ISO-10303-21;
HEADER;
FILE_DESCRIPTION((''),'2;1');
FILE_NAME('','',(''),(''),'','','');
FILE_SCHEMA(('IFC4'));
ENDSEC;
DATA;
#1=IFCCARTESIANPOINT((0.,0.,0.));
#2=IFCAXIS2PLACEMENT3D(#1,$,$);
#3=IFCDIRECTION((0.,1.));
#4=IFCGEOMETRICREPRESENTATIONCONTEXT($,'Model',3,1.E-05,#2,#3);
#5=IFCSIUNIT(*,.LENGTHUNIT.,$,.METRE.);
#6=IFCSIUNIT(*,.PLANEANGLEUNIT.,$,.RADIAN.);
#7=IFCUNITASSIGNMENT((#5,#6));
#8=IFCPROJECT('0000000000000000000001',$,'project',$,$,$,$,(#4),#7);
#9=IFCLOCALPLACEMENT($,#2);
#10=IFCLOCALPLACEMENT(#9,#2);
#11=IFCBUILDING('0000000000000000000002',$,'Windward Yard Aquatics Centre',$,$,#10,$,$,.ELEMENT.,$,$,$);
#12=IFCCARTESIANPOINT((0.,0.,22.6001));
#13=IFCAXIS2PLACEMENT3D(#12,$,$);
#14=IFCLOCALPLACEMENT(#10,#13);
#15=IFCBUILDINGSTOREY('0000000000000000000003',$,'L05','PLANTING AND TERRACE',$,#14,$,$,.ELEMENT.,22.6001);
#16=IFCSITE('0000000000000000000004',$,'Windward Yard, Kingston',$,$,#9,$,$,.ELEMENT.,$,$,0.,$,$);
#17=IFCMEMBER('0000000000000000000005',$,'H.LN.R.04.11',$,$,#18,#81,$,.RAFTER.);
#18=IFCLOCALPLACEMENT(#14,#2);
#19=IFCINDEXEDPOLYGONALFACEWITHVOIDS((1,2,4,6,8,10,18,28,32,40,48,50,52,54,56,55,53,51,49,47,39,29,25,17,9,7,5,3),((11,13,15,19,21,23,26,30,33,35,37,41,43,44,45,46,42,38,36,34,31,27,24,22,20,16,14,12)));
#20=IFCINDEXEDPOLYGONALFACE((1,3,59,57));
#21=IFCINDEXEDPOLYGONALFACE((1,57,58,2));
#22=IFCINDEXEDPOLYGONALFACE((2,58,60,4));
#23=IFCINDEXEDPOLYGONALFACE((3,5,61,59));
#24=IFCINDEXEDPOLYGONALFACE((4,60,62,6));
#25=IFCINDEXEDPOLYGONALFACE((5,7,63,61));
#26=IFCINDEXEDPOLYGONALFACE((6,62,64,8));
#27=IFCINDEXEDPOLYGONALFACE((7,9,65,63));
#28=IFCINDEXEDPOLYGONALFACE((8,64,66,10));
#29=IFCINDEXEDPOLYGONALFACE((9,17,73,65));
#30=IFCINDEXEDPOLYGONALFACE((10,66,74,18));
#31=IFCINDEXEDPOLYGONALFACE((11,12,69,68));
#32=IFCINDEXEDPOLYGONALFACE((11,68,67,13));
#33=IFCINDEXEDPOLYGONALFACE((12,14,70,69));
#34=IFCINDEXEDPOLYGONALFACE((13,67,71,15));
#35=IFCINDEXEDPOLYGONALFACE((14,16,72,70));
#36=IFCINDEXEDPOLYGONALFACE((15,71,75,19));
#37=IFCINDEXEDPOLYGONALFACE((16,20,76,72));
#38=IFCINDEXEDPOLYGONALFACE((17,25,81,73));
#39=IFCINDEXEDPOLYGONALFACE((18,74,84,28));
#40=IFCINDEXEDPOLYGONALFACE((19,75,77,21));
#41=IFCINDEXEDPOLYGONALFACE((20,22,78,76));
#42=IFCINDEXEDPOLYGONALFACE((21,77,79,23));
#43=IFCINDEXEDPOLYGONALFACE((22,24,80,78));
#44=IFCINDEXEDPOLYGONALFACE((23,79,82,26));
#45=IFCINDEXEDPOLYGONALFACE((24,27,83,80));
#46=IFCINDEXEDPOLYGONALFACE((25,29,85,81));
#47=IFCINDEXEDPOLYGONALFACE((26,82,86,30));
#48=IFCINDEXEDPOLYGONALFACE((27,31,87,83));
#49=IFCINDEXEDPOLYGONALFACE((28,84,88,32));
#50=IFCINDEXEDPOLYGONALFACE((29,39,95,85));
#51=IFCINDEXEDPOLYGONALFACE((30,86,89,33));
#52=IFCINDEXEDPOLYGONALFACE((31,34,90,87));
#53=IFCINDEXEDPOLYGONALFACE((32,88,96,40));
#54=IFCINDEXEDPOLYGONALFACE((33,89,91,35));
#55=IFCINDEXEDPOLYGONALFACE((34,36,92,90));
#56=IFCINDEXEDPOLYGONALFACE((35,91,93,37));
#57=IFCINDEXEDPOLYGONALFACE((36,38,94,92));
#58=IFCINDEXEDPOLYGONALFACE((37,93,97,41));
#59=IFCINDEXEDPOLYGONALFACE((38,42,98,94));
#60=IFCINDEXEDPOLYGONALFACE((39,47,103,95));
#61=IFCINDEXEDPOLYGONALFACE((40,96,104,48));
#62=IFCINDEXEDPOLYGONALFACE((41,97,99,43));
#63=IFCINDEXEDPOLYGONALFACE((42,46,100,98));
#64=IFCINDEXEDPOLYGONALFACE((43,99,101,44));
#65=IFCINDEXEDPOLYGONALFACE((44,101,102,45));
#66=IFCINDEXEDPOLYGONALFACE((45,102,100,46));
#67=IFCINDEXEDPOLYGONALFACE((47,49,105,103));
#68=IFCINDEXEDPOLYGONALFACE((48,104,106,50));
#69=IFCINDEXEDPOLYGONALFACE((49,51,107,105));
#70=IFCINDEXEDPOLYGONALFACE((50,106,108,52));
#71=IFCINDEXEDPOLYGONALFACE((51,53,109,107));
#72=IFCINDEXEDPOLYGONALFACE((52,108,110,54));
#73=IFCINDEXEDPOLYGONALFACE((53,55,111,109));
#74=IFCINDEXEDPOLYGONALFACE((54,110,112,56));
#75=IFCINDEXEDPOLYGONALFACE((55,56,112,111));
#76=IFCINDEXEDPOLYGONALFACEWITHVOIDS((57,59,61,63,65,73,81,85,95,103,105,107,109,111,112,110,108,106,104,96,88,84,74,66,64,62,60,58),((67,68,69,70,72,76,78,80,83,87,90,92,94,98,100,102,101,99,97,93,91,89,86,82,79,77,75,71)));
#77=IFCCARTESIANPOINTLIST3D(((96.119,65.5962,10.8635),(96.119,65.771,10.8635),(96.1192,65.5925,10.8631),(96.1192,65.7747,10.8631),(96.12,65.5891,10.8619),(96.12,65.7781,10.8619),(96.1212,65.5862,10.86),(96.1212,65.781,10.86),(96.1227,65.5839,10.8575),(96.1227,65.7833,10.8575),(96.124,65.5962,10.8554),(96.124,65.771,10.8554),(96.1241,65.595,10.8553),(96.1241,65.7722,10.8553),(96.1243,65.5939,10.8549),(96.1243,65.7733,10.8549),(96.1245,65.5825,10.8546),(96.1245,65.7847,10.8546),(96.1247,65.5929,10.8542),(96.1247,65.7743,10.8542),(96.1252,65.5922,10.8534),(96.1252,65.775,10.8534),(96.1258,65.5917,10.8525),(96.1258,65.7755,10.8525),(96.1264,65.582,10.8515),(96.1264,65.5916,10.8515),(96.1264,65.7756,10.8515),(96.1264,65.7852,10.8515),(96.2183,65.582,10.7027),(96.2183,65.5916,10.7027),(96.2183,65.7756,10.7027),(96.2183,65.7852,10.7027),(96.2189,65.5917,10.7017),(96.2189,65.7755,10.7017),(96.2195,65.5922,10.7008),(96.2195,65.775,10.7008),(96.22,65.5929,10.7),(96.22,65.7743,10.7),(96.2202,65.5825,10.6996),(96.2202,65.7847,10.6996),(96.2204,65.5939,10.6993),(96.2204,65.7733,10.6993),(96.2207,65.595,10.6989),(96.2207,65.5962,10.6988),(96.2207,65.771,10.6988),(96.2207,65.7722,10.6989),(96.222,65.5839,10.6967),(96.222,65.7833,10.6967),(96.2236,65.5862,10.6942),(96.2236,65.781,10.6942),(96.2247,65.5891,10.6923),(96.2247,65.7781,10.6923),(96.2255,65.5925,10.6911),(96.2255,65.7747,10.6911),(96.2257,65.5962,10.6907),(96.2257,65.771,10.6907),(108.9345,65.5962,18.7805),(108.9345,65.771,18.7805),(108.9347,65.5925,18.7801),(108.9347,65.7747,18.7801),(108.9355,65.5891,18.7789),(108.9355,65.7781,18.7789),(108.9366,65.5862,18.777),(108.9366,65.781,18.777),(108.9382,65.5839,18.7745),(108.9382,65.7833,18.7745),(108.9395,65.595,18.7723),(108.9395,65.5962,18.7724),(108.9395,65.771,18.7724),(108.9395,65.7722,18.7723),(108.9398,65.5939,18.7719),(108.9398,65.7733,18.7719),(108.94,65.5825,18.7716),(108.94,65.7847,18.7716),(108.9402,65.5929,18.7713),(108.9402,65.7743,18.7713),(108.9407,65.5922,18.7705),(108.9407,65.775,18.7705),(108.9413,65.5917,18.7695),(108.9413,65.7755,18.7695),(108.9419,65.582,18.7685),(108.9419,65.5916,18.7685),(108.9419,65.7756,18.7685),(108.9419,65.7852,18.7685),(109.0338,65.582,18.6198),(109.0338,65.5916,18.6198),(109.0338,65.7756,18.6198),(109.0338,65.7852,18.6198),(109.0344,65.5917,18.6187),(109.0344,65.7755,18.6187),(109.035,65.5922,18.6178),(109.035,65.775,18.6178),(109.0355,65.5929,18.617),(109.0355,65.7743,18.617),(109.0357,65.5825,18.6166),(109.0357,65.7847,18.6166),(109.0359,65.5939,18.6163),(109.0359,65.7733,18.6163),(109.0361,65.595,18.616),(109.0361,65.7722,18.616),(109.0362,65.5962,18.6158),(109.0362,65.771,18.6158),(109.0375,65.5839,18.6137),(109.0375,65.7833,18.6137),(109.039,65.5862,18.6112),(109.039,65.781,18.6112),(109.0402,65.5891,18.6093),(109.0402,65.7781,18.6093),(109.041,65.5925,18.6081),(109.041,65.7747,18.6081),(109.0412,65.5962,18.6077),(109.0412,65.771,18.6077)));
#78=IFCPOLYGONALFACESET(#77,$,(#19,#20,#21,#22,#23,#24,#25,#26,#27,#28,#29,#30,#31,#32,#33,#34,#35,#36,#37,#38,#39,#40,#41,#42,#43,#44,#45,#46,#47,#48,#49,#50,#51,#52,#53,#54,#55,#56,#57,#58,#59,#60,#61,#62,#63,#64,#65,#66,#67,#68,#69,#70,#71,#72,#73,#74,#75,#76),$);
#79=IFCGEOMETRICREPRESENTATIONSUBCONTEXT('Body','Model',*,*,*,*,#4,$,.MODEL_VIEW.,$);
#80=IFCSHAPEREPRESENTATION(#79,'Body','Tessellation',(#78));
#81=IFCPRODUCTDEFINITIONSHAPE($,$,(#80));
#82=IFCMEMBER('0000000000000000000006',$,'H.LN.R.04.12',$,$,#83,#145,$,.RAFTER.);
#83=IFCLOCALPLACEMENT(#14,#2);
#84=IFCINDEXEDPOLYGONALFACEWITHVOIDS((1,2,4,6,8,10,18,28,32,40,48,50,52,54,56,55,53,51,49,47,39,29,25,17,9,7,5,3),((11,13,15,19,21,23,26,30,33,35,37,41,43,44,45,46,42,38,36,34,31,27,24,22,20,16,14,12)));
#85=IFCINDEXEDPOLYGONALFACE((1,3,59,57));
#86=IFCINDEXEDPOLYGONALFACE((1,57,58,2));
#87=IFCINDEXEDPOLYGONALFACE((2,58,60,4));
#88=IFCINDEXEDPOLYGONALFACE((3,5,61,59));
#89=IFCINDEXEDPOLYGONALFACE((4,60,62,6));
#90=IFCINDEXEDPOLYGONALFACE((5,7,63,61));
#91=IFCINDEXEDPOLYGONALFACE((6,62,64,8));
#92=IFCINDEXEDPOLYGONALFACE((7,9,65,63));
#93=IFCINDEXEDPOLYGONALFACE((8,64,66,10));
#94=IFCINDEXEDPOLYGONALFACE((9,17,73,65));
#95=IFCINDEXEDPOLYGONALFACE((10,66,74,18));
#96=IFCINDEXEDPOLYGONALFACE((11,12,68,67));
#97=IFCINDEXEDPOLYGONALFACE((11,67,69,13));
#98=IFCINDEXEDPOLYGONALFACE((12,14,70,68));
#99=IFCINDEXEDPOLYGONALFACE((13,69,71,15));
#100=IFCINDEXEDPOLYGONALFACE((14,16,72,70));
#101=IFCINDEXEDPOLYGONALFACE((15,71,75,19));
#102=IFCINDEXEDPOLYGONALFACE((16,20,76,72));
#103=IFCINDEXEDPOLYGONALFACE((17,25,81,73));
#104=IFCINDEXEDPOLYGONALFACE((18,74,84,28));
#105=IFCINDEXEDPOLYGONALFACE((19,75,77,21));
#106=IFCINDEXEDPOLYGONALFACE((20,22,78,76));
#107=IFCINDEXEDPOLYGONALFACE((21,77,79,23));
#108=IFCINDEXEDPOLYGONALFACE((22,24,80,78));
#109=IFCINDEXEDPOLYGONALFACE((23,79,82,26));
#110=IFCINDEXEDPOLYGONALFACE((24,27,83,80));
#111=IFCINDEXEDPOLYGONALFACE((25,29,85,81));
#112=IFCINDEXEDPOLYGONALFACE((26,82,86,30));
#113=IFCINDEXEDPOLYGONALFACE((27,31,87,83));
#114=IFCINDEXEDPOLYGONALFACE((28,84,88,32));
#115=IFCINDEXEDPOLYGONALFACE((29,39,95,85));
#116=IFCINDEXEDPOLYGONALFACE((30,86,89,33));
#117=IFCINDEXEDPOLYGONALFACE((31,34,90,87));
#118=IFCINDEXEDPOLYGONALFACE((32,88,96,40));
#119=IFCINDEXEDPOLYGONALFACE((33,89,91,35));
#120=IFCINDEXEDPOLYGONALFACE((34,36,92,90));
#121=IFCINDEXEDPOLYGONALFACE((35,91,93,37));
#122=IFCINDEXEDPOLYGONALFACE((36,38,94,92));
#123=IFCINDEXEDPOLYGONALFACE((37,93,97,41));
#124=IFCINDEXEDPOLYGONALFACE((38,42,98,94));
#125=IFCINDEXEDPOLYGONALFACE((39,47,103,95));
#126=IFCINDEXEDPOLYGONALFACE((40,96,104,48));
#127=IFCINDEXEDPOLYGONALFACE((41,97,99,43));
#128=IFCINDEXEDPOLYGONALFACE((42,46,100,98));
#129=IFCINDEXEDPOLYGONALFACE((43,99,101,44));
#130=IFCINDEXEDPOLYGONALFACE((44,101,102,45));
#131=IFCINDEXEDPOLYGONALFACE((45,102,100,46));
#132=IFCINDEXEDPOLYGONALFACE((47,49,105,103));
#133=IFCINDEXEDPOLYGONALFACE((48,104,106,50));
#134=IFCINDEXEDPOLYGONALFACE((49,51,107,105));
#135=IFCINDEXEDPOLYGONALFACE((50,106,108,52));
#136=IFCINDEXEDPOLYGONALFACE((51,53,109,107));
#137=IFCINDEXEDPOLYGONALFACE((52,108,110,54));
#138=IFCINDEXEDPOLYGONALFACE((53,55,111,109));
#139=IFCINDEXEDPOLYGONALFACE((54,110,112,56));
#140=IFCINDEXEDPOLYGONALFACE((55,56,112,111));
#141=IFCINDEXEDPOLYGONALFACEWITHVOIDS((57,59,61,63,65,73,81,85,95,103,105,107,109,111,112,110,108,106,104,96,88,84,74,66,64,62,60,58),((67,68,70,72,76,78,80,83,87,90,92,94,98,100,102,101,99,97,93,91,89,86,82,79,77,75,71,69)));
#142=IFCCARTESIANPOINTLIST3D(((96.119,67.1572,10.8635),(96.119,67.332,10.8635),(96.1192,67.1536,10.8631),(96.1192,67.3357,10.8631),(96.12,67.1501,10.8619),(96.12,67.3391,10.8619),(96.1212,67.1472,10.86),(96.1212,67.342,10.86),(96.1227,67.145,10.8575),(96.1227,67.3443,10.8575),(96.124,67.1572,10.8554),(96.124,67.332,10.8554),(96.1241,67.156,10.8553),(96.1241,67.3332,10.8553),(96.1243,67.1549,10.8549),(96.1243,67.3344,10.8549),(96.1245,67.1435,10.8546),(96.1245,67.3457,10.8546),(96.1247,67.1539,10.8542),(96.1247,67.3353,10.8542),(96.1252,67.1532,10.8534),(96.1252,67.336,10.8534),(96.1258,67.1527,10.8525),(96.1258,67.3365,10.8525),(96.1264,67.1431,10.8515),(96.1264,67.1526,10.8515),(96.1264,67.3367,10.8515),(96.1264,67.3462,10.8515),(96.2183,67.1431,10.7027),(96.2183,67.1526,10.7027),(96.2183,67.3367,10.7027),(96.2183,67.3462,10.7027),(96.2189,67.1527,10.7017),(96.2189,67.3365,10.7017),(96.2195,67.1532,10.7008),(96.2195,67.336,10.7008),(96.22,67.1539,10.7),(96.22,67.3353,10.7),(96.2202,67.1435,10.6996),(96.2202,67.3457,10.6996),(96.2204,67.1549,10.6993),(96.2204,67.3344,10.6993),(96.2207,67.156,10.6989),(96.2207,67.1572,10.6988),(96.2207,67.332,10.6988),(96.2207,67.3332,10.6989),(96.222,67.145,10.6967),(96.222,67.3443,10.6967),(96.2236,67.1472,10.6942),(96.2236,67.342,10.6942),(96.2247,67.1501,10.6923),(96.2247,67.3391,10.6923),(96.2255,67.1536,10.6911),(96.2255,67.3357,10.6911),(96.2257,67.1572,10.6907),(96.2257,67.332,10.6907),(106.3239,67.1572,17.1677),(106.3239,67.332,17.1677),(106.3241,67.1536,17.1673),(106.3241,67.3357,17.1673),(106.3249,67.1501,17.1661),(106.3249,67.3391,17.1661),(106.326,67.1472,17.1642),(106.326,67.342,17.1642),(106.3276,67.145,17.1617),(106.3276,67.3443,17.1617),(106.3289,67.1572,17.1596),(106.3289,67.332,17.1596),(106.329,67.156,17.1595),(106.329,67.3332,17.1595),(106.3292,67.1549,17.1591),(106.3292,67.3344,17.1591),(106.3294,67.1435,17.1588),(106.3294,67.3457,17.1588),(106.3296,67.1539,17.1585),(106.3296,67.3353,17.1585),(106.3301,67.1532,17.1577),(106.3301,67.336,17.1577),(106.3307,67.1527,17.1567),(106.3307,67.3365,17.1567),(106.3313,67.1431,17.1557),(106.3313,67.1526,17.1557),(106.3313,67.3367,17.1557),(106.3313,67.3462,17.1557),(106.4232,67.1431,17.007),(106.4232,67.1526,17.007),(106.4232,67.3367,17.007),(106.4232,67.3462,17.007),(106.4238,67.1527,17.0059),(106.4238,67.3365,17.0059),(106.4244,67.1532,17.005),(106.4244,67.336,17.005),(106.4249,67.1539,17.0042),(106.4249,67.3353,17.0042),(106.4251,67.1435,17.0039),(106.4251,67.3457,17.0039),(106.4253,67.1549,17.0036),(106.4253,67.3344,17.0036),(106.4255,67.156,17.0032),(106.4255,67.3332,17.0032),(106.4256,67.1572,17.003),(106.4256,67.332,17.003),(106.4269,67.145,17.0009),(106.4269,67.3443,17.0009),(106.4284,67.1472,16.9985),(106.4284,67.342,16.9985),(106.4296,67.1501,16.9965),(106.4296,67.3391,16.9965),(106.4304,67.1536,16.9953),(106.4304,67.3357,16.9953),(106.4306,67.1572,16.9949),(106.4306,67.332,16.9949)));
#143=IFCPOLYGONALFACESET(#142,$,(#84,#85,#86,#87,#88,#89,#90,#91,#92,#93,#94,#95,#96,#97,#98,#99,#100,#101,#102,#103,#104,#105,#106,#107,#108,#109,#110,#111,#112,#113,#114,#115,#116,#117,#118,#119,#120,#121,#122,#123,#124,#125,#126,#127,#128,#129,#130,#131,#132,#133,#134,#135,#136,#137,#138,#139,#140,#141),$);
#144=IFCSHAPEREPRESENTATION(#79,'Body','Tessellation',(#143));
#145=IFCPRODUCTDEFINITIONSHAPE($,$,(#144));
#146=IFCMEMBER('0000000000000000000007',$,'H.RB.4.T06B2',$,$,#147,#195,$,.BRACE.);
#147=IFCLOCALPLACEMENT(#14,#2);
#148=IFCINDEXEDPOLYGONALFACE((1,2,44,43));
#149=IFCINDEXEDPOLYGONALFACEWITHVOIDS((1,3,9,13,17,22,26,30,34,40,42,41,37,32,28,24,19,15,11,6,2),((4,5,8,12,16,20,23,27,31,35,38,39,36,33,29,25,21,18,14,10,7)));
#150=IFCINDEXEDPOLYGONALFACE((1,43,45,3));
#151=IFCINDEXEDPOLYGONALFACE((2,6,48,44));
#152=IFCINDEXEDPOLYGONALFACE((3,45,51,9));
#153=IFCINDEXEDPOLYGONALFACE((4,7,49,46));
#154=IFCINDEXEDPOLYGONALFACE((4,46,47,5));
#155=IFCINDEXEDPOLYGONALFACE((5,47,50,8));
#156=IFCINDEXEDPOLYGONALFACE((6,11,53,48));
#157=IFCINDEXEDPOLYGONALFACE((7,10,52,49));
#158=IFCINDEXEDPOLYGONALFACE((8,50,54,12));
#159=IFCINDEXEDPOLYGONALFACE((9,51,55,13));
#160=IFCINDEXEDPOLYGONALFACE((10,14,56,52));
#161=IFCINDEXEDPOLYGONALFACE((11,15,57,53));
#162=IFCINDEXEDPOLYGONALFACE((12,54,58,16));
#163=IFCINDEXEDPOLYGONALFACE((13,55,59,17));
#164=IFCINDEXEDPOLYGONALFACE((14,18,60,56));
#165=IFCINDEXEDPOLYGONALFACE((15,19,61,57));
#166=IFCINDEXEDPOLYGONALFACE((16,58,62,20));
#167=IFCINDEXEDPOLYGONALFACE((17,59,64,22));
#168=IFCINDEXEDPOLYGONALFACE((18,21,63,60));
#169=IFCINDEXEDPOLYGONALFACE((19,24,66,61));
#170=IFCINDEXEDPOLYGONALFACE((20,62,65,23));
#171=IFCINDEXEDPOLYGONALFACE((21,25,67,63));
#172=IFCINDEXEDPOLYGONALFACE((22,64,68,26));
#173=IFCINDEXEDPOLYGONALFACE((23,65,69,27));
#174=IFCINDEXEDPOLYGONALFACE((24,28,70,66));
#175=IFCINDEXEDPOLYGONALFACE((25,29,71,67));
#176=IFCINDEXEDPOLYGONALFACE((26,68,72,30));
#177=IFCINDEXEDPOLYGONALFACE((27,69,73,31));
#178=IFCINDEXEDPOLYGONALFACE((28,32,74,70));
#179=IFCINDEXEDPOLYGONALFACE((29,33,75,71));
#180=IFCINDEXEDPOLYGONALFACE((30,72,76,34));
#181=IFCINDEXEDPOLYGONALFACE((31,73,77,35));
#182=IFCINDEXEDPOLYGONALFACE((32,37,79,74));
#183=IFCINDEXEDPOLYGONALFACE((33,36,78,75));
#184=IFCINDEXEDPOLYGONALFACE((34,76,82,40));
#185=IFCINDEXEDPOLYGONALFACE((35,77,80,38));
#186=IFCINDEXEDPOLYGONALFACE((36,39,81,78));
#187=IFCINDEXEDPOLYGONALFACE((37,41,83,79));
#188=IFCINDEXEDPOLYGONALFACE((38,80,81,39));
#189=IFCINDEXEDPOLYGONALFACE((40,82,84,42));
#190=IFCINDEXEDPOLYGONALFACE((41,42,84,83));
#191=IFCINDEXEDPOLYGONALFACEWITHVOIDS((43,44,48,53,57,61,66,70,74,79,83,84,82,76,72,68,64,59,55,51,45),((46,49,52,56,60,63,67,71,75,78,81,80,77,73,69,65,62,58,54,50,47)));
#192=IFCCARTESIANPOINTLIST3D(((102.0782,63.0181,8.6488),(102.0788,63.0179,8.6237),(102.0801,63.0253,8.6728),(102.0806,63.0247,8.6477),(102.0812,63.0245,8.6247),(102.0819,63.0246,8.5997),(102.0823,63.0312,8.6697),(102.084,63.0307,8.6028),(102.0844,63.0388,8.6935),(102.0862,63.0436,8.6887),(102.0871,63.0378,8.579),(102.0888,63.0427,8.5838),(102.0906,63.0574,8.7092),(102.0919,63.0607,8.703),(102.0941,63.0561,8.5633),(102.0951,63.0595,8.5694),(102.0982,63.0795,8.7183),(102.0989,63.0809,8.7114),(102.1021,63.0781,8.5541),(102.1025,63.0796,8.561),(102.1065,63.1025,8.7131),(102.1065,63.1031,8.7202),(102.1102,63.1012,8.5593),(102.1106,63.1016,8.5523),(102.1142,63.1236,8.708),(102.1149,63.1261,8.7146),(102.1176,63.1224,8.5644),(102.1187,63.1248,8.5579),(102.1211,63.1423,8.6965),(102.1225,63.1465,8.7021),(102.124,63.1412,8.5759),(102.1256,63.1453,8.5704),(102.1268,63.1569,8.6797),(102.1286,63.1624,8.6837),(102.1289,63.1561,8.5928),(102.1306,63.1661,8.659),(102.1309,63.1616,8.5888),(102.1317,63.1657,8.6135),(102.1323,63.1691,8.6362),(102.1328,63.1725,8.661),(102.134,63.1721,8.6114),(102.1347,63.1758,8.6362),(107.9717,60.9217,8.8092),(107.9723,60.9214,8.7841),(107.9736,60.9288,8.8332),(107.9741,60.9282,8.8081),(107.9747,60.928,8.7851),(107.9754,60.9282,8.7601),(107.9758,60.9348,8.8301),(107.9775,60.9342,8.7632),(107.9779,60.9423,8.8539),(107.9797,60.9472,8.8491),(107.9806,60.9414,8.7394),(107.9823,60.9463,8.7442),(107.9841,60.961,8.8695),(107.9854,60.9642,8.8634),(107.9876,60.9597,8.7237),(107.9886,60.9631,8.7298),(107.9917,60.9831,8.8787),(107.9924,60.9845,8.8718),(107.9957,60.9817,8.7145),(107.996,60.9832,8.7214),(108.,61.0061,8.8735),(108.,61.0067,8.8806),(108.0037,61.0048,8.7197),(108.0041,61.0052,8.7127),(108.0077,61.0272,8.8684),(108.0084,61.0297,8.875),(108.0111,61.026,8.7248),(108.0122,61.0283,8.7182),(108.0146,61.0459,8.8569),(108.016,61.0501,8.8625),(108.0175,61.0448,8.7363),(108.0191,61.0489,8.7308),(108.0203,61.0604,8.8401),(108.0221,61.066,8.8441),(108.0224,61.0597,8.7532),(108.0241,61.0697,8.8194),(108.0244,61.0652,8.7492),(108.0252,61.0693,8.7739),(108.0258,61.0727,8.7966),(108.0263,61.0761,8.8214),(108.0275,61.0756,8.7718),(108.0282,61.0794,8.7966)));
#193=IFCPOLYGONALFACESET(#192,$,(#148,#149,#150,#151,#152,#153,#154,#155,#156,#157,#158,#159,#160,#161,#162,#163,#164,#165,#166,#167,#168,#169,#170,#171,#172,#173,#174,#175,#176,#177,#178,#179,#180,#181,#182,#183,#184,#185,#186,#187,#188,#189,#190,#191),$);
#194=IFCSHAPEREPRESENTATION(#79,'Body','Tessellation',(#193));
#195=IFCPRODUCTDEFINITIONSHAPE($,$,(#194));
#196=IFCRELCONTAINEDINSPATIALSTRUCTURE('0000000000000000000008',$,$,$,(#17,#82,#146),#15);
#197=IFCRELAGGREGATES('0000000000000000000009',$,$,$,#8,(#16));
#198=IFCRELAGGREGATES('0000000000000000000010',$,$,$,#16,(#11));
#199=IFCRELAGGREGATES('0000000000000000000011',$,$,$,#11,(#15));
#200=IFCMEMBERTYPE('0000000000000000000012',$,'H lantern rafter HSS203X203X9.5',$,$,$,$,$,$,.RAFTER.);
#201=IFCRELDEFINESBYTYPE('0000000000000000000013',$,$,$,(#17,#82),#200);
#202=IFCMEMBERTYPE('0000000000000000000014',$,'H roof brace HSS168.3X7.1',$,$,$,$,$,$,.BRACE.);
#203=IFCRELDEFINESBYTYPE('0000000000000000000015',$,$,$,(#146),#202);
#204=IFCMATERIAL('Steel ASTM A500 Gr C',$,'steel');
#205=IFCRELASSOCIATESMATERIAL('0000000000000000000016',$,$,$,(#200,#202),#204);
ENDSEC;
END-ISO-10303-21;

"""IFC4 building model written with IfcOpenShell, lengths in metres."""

from ifc_helpers import new_model, si_unit, direction, frame, origin, origin_2d, place, context, subcontext, project, spatial, hollow_rectangle, hollow_circle, extrude, material, material_profile, profile_set, type_object, element, save


model = new_model("IFC4")

# Units and contexts
model_context = context("Model", 3, precision=1e-05, world=origin(), true_north=direction((0.0, 1.0)))
body_context = subcontext(model_context, "Body", "Model", "MODEL_VIEW")
ifc_project = project(units=[si_unit("LENGTHUNIT", "METRE"), si_unit("PLANEANGLEUNIT", "RADIAN")], contexts=[model_context])

# Site, building, storey
site_placement = place(None, origin())
site = spatial("IfcSite", under=ifc_project, at=site_placement, Name="Windward Yard, Kingston", CompositionType="ELEMENT", RefElevation=0.0)
building_placement = place(site_placement, origin())
building = spatial("IfcBuilding", under=site, at=building_placement, Name="Windward Yard Aquatics Centre", CompositionType="ELEMENT")
storey_placement = place(building_placement, frame((0.0, 0.0, 22.6001)))
storey = spatial("IfcBuildingStorey", under=building, at=storey_placement, Name="L05", Description="PLANTING AND TERRACE", CompositionType="ELEMENT", Elevation=22.6001)

# Members
ifc_material_1 = material(Name="Steel ASTM A500 Gr C", Category="steel")
ifc_material_profile_1 = material_profile(ifc_material_1, hollow_rectangle(XDim=0.2031, YDim=0.2031, WallThickness=0.0095, InnerFilletRadius=0.0046, OuterFilletRadius=0.0142, at=origin_2d()), Name="HSS203X203X9.5")
ifc_profile_set_1 = profile_set([ifc_material_profile_1], Name="Steel ASTM A500 Gr C")
member_type_1 = type_object("IfcMemberType", Name="H lantern rafter HSS203X203X9.5", PredefinedType="RAFTER", material=ifc_profile_set_1)
member_1_placement = place(storey_placement, frame((96.1724, 65.6836, 10.7771), z_axis=(0.850751, 0.0, 0.525569), x_axis=(0.0, 1.0, 0.0)))
element("IfcMember", 1, at=member_1_placement, inside=storey, type_object=member_type_1, Name="H.LN.R.04.11", PredefinedType="RAFTER", context=body_context, shape_type="SweptSolid", body=[
    extrude(hollow_rectangle(XDim=0.2031, YDim=0.2031, WallThickness=0.0095, InnerFilletRadius=0.0046, OuterFilletRadius=0.0142, at=origin_2d()), origin(), (0.0, 0.0, 1.0), 15.0637),
])
member_2_placement = place(storey_placement, frame((96.1724, 67.2446, 10.7771), z_axis=(0.850753, 0.0, 0.525566), x_axis=(0.0, 1.0, 0.0)))
element("IfcMember", 2, at=member_2_placement, inside=storey, type_object=member_type_1, Name="H.LN.R.04.12", PredefinedType="RAFTER", context=body_context, shape_type="SweptSolid", body=[
    extrude(hollow_rectangle(XDim=0.2031, YDim=0.2031, WallThickness=0.0095, InnerFilletRadius=0.0046, OuterFilletRadius=0.0142, at=origin_2d()), origin(), (0.0, 0.0, 1.0), 11.9951),
])
ifc_material_profile_2 = material_profile(ifc_material_1, hollow_circle(Radius=0.0842, WallThickness=0.0071, at=origin_2d()), Name="HSS168.3X7.1")
ifc_profile_set_2 = profile_set([ifc_material_profile_2], Name="Steel ASTM A500 Gr C")
member_type_2 = type_object("IfcMemberType", Name="H roof brace HSS168.3X7.1", PredefinedType="BRACE", material=ifc_profile_set_2)
member_3_placement = place(storey_placement, frame((102.1064, 63.0964, 8.6362), z_axis=(0.941857, -0.335034, 0.025634), x_axis=(0.335144, 0.942167, 0.0)))
element("IfcMember", 3, at=member_3_placement, inside=storey, type_object=member_type_2, Name="H.RB.4.T06B2", PredefinedType="BRACE", context=body_context, shape_type="SweptSolid", body=[
    extrude(hollow_circle(Radius=0.0842, WallThickness=0.0071, at=origin_2d()), origin(), (0.0, 0.0, 1.0), 6.2573),
])

save(model, "model.ifc")
